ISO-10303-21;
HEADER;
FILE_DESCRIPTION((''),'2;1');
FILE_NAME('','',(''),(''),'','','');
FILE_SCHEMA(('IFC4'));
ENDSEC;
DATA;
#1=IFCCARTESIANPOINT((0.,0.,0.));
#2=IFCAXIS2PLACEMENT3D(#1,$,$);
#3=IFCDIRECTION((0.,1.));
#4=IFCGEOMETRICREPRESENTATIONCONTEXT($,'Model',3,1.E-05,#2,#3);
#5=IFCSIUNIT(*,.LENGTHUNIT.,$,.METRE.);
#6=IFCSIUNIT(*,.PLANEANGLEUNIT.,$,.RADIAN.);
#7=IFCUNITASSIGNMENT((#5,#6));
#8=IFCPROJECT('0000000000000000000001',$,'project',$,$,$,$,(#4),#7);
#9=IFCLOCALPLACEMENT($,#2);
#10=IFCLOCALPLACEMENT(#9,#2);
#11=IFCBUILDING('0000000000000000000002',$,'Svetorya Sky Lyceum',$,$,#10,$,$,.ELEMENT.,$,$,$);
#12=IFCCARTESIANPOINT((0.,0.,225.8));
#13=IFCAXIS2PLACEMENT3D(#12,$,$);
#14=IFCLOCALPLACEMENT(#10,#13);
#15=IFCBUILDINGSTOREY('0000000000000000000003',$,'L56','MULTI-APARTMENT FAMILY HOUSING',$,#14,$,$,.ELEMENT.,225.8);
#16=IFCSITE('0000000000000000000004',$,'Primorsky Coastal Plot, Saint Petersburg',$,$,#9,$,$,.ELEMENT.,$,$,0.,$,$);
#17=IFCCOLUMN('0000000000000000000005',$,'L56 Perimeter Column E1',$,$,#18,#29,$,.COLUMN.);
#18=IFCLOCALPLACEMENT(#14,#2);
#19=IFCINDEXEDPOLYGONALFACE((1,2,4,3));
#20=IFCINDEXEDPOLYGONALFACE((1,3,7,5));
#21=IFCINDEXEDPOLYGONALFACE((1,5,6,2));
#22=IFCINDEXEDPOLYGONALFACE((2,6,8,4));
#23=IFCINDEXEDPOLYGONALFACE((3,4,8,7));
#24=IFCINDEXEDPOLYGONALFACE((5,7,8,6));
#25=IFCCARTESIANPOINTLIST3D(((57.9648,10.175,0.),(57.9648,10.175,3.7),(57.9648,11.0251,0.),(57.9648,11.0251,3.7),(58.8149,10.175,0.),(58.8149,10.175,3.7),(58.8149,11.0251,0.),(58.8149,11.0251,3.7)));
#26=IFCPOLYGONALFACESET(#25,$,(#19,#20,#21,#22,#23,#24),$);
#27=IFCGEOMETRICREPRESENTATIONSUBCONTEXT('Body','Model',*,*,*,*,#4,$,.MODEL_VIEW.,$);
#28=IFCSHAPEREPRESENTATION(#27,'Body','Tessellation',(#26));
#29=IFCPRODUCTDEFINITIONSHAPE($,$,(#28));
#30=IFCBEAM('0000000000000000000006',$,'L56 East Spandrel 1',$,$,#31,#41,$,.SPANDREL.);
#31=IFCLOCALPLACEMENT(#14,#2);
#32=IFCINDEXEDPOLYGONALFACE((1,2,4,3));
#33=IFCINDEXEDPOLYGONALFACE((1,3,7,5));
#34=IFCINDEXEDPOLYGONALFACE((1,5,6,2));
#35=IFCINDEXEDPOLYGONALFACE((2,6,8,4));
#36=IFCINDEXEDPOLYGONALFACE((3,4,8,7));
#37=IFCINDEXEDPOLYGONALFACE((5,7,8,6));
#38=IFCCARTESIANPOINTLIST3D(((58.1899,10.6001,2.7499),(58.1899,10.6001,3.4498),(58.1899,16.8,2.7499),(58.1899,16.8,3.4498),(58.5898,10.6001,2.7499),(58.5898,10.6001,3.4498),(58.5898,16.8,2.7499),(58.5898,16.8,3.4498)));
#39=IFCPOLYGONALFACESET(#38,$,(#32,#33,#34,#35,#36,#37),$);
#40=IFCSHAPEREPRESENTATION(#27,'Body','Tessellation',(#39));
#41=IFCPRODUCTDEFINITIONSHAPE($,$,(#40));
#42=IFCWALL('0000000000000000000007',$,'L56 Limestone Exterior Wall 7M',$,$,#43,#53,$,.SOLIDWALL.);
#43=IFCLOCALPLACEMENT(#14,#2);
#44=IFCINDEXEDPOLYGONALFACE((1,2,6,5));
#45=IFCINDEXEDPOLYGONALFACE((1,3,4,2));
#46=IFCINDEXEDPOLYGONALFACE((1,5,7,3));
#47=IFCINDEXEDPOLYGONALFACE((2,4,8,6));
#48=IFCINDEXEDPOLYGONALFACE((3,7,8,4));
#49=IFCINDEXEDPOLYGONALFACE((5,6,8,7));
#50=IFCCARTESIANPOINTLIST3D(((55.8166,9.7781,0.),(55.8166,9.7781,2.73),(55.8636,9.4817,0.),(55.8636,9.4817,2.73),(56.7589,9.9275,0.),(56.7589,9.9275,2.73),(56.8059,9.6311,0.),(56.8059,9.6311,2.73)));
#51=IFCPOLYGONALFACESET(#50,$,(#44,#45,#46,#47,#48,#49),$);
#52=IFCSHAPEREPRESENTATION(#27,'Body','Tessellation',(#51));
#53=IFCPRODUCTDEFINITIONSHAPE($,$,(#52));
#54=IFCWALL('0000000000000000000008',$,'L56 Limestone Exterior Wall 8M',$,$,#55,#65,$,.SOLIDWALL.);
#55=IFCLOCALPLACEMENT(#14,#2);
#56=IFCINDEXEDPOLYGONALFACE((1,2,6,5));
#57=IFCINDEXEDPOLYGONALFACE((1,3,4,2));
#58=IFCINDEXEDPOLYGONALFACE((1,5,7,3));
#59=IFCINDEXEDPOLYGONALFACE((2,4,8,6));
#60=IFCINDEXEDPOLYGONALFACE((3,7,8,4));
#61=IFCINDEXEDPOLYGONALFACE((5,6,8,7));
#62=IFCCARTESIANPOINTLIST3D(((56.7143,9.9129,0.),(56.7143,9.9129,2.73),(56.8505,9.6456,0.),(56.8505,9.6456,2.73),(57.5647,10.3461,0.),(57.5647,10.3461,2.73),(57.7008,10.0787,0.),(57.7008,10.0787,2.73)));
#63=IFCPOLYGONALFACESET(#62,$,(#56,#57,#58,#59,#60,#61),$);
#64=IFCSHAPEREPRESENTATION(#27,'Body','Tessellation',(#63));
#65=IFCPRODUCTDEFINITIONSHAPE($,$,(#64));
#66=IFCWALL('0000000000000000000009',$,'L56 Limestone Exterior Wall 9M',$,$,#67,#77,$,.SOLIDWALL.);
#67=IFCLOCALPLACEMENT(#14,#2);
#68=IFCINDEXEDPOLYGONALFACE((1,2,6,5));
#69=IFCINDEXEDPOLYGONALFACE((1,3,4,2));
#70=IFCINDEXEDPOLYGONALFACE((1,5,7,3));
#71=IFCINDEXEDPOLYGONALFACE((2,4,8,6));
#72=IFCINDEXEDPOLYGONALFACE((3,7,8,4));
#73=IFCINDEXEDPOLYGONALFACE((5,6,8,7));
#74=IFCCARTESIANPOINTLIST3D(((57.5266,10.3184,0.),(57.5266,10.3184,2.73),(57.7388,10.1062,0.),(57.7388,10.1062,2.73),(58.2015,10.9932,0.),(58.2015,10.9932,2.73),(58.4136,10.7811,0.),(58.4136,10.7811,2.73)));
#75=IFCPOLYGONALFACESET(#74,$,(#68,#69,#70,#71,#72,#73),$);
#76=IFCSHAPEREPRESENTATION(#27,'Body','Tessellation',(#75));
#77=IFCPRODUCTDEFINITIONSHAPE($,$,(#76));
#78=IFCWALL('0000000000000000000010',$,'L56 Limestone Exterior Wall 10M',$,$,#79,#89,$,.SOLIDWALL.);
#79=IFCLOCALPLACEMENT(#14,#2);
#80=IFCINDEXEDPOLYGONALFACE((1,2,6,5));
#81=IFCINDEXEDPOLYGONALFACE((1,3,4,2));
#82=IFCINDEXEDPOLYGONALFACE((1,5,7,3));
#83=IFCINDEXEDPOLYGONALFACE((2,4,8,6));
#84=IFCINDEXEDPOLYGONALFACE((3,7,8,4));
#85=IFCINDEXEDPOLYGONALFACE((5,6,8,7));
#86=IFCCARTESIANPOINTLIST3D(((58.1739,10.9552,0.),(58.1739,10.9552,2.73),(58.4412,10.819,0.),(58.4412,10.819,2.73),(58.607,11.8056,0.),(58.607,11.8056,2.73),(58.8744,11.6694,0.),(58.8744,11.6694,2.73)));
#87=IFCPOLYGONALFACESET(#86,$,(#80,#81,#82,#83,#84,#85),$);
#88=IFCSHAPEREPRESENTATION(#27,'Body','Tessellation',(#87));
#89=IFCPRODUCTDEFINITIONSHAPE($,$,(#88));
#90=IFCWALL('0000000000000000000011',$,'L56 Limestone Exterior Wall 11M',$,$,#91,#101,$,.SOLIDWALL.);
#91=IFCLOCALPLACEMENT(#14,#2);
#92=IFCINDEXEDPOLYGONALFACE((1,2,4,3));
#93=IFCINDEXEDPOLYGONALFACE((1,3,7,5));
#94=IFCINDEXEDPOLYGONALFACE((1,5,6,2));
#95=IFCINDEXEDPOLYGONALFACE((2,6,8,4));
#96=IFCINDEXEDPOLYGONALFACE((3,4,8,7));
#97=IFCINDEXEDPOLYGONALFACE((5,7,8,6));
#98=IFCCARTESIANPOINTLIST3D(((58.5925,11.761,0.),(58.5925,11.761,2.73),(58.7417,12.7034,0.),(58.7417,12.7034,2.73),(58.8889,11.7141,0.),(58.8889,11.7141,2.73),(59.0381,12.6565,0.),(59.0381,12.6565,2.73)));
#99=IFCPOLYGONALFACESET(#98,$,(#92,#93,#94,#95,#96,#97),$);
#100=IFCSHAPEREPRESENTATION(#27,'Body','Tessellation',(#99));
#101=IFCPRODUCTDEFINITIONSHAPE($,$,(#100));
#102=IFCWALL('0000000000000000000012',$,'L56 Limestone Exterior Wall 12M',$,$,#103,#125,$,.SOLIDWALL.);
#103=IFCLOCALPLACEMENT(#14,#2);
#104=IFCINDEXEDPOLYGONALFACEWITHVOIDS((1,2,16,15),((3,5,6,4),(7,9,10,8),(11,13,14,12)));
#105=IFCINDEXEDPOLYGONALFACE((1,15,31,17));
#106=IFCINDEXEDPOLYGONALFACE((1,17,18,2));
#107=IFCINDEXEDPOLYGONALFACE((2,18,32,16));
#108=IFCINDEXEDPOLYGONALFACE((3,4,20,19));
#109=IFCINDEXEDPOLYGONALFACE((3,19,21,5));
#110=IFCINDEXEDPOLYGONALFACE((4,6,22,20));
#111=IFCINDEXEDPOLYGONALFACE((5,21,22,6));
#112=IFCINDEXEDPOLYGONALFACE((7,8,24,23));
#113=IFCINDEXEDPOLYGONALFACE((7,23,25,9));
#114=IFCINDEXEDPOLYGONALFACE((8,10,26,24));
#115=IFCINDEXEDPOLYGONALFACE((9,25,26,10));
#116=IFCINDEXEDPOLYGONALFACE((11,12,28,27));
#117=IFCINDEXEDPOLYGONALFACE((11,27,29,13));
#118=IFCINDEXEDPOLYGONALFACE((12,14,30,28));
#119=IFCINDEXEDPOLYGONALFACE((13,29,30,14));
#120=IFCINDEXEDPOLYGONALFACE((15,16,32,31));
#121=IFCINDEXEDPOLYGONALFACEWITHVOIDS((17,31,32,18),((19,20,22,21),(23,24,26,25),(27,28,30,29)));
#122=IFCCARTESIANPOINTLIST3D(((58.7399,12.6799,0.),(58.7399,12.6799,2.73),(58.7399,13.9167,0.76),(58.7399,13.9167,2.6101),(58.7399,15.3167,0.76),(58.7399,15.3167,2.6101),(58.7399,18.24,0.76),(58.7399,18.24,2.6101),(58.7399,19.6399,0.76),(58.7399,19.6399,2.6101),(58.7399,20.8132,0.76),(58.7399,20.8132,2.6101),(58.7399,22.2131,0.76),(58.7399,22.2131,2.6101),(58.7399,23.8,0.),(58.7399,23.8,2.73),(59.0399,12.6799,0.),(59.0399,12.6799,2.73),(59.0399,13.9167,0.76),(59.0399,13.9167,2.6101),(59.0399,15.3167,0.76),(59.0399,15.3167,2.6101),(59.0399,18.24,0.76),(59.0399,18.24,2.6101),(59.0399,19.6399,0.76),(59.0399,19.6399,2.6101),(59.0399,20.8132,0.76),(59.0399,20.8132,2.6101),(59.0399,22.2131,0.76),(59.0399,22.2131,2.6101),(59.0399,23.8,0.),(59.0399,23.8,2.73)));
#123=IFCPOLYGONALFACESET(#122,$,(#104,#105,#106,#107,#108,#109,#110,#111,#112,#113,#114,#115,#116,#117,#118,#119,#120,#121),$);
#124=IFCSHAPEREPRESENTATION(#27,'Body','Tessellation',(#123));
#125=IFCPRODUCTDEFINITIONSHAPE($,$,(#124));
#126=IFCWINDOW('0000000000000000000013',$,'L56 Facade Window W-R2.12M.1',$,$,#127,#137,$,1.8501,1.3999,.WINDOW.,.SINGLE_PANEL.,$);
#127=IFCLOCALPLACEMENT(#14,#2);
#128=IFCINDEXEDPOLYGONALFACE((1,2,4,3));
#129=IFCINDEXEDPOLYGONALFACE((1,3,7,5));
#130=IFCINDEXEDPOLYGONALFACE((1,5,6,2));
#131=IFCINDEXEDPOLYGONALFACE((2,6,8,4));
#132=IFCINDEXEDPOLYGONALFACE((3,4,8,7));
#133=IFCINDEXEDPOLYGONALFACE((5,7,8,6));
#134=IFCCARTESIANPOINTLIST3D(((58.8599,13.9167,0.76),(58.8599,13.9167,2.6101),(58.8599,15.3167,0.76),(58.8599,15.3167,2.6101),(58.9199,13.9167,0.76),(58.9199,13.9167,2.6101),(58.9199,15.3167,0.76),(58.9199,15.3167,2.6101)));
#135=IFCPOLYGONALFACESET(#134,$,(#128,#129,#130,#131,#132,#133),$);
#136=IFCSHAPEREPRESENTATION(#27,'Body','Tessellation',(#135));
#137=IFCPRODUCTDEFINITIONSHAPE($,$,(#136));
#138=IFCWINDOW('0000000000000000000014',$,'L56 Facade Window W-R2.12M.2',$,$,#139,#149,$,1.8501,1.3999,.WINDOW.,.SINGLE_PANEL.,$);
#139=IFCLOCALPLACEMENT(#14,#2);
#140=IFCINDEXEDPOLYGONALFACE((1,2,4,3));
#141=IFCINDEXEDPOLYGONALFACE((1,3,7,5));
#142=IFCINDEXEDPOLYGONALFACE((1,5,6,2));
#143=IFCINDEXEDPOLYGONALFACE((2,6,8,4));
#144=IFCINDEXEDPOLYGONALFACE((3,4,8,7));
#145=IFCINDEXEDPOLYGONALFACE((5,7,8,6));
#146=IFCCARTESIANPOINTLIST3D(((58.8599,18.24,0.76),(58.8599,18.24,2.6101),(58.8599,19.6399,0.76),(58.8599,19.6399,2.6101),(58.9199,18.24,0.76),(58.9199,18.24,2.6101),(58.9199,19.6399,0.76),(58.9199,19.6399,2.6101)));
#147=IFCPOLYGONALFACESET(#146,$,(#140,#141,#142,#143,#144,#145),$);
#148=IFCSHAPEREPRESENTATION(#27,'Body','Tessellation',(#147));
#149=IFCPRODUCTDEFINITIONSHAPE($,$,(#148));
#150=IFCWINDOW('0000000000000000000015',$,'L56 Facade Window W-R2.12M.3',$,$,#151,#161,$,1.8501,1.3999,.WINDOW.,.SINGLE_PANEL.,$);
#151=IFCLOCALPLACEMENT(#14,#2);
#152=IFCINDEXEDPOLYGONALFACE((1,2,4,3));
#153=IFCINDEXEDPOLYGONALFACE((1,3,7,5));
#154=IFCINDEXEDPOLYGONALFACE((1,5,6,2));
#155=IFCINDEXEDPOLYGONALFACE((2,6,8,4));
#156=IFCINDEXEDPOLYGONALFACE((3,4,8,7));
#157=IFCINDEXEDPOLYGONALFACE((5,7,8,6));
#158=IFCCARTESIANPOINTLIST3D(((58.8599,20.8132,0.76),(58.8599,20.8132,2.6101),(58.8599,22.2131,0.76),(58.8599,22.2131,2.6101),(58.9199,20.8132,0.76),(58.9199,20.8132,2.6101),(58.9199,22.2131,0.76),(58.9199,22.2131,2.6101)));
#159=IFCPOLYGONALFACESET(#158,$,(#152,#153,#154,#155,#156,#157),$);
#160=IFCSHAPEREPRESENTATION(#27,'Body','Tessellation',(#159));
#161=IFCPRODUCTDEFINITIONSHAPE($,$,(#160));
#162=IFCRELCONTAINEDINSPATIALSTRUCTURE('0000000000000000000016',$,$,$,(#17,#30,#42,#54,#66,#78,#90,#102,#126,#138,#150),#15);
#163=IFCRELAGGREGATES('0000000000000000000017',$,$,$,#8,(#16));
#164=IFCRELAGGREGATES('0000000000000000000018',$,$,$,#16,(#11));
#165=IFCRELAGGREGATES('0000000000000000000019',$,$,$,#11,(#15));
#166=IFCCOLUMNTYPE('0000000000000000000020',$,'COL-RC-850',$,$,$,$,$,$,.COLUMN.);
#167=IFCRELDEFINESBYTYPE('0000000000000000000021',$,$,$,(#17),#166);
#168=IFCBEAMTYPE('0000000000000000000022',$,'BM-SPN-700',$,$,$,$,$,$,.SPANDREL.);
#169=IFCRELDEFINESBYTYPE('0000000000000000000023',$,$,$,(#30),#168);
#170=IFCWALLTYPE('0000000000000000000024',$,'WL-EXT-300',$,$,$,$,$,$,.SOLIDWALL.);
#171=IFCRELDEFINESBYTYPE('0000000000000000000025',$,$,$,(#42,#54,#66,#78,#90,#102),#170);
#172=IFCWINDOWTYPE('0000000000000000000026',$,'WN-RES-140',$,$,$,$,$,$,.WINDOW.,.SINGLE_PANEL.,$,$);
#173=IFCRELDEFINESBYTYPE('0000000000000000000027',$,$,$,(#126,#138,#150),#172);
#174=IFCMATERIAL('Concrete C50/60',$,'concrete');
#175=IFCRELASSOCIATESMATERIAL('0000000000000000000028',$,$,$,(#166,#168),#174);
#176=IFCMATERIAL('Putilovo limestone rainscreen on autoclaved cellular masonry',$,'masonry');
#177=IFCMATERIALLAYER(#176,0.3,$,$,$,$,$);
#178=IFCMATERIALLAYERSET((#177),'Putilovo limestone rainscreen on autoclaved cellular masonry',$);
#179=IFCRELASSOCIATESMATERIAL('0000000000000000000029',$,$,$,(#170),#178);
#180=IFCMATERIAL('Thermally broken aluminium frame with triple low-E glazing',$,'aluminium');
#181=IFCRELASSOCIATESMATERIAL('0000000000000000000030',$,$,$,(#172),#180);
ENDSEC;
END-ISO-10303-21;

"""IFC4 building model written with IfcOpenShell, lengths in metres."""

from ifc_helpers import new_model, si_unit, direction, frame, frame_2d, origin, origin_2d, place, context, subcontext, project, spatial, rectangle, extrude, material, layer, layer_set, material_profile, profile_set, type_object, element, fill, save


model = new_model("IFC4")

# Units and contexts
model_context = context("Model", 3, precision=1e-05, world=origin(), true_north=direction((0.0, 1.0)))
body_context = subcontext(model_context, "Body", "Model", "MODEL_VIEW")
ifc_project = project(units=[si_unit("LENGTHUNIT", "METRE"), si_unit("PLANEANGLEUNIT", "RADIAN")], contexts=[model_context])

# Site, building, storey
site_placement = place(None, origin())
site = spatial("IfcSite", under=ifc_project, at=site_placement, Name="Primorsky Coastal Plot, Saint Petersburg", CompositionType="ELEMENT", RefElevation=0.0)
building_placement = place(site_placement, origin())
building = spatial("IfcBuilding", under=site, at=building_placement, Name="Svetorya Sky Lyceum", CompositionType="ELEMENT")
storey_placement = place(building_placement, frame((0.0, 0.0, 225.8)))
storey = spatial("IfcBuildingStorey", under=building, at=storey_placement, Name="L56", Description="MULTI-APARTMENT FAMILY HOUSING", CompositionType="ELEMENT", Elevation=225.8)

# Column
ifc_material_1 = material(Name="Concrete C50/60", Category="concrete")
ifc_material_profile_1 = material_profile(ifc_material_1, rectangle(XDim=0.8501, YDim=0.8501, at=origin_2d()), Name="RC COL 850x850")
ifc_profile_set_1 = profile_set([ifc_material_profile_1], Name="Concrete C50/60")
column_type = type_object("IfcColumnType", Name="COL-RC-850", PredefinedType="COLUMN", material=ifc_profile_set_1)
column_placement = place(storey_placement, frame((58.3899, 10.6001, 0.0), z_axis=(0.0, 0.0, 1.0), x_axis=(1.0, 0.0, 0.0)))
element("IfcColumn", 1, at=column_placement, inside=storey, type_object=column_type, Name="L56 Perimeter Column E1", PredefinedType="COLUMN", context=body_context, shape_type="SweptSolid", body=[
    extrude(rectangle(XDim=0.8501, YDim=0.8501, at=origin_2d()), origin(), (0.0, 0.0, 1.0), 3.7),
])

# Beam
ifc_material_profile_2 = material_profile(ifc_material_1, rectangle(XDim=0.3999, YDim=0.7, at=origin_2d()), Name="RC SPANDREL 400x700")
ifc_profile_set_2 = profile_set([ifc_material_profile_2], Name="Concrete C50/60")
beam_type = type_object("IfcBeamType", Name="BM-SPN-700", PredefinedType="SPANDREL", material=ifc_profile_set_2)
beam_placement = place(storey_placement, frame((58.3899, 10.6001, 3.0999), z_axis=(0.0, 1.0, 0.0), x_axis=(-1.0, 0.0, 0.0)))
element("IfcBeam", 2, at=beam_placement, inside=storey, type_object=beam_type, Name="L56 East Spandrel 1", PredefinedType="SPANDREL", context=body_context, shape_type="SweptSolid", body=[
    extrude(rectangle(XDim=0.3999, YDim=0.7, at=origin_2d()), origin(), (0.0, 0.0, 1.0), 6.2),
])

# Walls
ifc_material_2 = material(Name="Putilovo limestone rainscreen on autoclaved cellular masonry", Category="masonry")
ifc_layer_1 = layer(ifc_material_2, 0.3)
ifc_layer_set_1 = layer_set([ifc_layer_1], Name="Putilovo limestone rainscreen on autoclaved cellular masonry")
wall_type_1 = type_object("IfcWallType", Name="WL-EXT-300", PredefinedType="SOLIDWALL", material=ifc_layer_set_1)
wall_1_placement = place(storey_placement, frame((55.8401, 9.6299, 0.0), z_axis=(0.0, 0.0, 1.0), x_axis=(0.987663, 0.156593, 0.0)))
element("IfcWall", 3, at=wall_1_placement, inside=storey, type_object=wall_type_1, Name="L56 Limestone Exterior Wall 7M", PredefinedType="SOLIDWALL", context=body_context, shape_type="SweptSolid", body=[
    extrude(rectangle(XDim=0.9541, YDim=0.3, at=frame_2d((0.4771, 0.0))), origin(), (0.0, 0.0, 1.0), 2.73),
])
for number, where, z_axis, x_axis, name in (
    (4, (56.7825, 9.7793, 0.0), (0.0, 0.0, 1.0), (0.891077, 0.453853, 0.0), "L56 Limestone Exterior Wall 8M"),
    (5, (57.6328, 10.2124, 0.0), (0.0, 0.0, 1.0), (0.707107, 0.707107, 0.0), "L56 Limestone Exterior Wall 9M"),
    (6, (58.3076, 10.8872, 0.0), (0.0, 0.0, 1.0), (0.453853, 0.891077, 0.0), "L56 Limestone Exterior Wall 10M"),
):
    element("IfcWall", number, at=place(storey_placement, frame(where, z_axis=z_axis, x_axis=x_axis)), inside=storey, type_object=wall_type_1, Name=name, PredefinedType="SOLIDWALL", context=body_context, shape_type="SweptSolid", body=[
        extrude(rectangle(XDim=0.9543, YDim=0.3, at=frame_2d((0.4771, 0.0))), origin(), (0.0, 0.0, 1.0), 2.73),
    ])
wall_2_placement = place(storey_placement, frame((58.7407, 11.7375, 0.0), z_axis=(0.0, 0.0, 1.0), x_axis=(0.156344, 0.987703, 0.0)))
element("IfcWall", 7, at=wall_2_placement, inside=storey, type_object=wall_type_1, Name="L56 Limestone Exterior Wall 11M", PredefinedType="SOLIDWALL", context=body_context, shape_type="SweptSolid", body=[
    extrude(rectangle(XDim=0.9541, YDim=0.3, at=frame_2d((0.4771, 0.0))), origin(), (0.0, 0.0, 1.0), 2.73),
])

# Wall, openings, windows
wall_3_placement = place(storey_placement, frame((58.8899, 12.6799, 0.0), z_axis=(0.0, 0.0, 1.0), x_axis=(0.0, 1.0, 0.0)))
wall_3 = element("IfcWall", 8, at=wall_3_placement, inside=storey, type_object=wall_type_1, Name="L56 Limestone Exterior Wall 12M", PredefinedType="SOLIDWALL", context=body_context, shape_type="SweptSolid", body=[
    extrude(rectangle(XDim=11.1201, YDim=0.3, at=frame_2d((5.5601, 0.0))), origin(), (0.0, 0.0, 1.0), 2.73),
])
opening_1_placement = place(wall_3_placement, frame((1.2368, 0.0, 0.76)))
opening_1 = element("IfcOpeningElement", 9, at=opening_1_placement, cuts=wall_3, PredefinedType="OPENING", context=body_context, shape_type="SweptSolid", body=[
    extrude(rectangle(XDim=1.3999, YDim=1.8501, at=frame_2d((0.7, 0.925))), frame((0.0, 0.1599, 0.0), z_axis=(0.0, -1.0, 0.0), x_axis=(1.0, 0.0, 0.0)), (0.0, 0.0, 1.0), 0.3201),
])
opening_2_placement = place(wall_3_placement, frame((5.5601, 0.0, 0.76)))
opening_2 = element("IfcOpeningElement", 10, at=opening_2_placement, cuts=wall_3, PredefinedType="OPENING", context=body_context, shape_type="SweptSolid", body=[
    extrude(rectangle(XDim=1.3999, YDim=1.8501, at=frame_2d((0.7, 0.925))), frame((0.0, 0.1599, 0.0), z_axis=(0.0, -1.0, 0.0), x_axis=(1.0, 0.0, 0.0)), (0.0, 0.0, 1.0), 0.3201),
])
opening_3_placement = place(wall_3_placement, frame((8.1333, 0.0, 0.76)))
opening_3 = element("IfcOpeningElement", 11, at=opening_3_placement, cuts=wall_3, PredefinedType="OPENING", context=body_context, shape_type="SweptSolid", body=[
    extrude(rectangle(XDim=1.3999, YDim=1.8501, at=frame_2d((0.7, 0.925))), frame((0.0, 0.1599, 0.0), z_axis=(0.0, -1.0, 0.0), x_axis=(1.0, 0.0, 0.0)), (0.0, 0.0, 1.0), 0.3201),
])
ifc_material_3 = material(Name="Thermally broken aluminium frame with triple low-E glazing", Category="aluminium")
window_type = type_object("IfcWindowType", Name="WN-RES-140", PartitioningType="SINGLE_PANEL", PredefinedType="WINDOW", material=ifc_material_3)
window_1_placement = place(opening_1_placement, origin())
window_1 = element("IfcWindow", 12, at=window_1_placement, inside=storey, type_object=window_type, Name="L56 Facade Window W-R2.12M.1", OverallHeight=1.8501, OverallWidth=1.3999, PartitioningType="SINGLE_PANEL", PredefinedType="WINDOW", context=body_context, shape_type="SweptSolid", body=[
    extrude(rectangle(XDim=1.3999, YDim=1.8501, at=frame_2d((0.7, 0.925))), frame((0.0, 0.03, 0.0), z_axis=(0.0, -1.0, 0.0), x_axis=(1.0, 0.0, 0.0)), (0.0, 0.0, 1.0), 0.0601),
])
fill(opening_1, window_1)
window_2_placement = place(opening_2_placement, origin())
window_2 = element("IfcWindow", 13, at=window_2_placement, inside=storey, type_object=window_type, Name="L56 Facade Window W-R2.12M.2", OverallHeight=1.8501, OverallWidth=1.3999, PartitioningType="SINGLE_PANEL", PredefinedType="WINDOW", context=body_context, shape_type="SweptSolid", body=[
    extrude(rectangle(XDim=1.3999, YDim=1.8501, at=frame_2d((0.7, 0.925))), frame((0.0, 0.03, 0.0), z_axis=(0.0, -1.0, 0.0), x_axis=(1.0, 0.0, 0.0)), (0.0, 0.0, 1.0), 0.0601),
])
fill(opening_2, window_2)
window_3_placement = place(opening_3_placement, origin())
window_3 = element("IfcWindow", 14, at=window_3_placement, inside=storey, type_object=window_type, Name="L56 Facade Window W-R2.12M.3", OverallHeight=1.8501, OverallWidth=1.3999, PartitioningType="SINGLE_PANEL", PredefinedType="WINDOW", context=body_context, shape_type="SweptSolid", body=[
    extrude(rectangle(XDim=1.3999, YDim=1.8501, at=frame_2d((0.7, 0.925))), frame((0.0, 0.03, 0.0), z_axis=(0.0, -1.0, 0.0), x_axis=(1.0, 0.0, 0.0)), (0.0, 0.0, 1.0), 0.0601),
])
fill(opening_3, window_3)

save(model, "model.ifc")
